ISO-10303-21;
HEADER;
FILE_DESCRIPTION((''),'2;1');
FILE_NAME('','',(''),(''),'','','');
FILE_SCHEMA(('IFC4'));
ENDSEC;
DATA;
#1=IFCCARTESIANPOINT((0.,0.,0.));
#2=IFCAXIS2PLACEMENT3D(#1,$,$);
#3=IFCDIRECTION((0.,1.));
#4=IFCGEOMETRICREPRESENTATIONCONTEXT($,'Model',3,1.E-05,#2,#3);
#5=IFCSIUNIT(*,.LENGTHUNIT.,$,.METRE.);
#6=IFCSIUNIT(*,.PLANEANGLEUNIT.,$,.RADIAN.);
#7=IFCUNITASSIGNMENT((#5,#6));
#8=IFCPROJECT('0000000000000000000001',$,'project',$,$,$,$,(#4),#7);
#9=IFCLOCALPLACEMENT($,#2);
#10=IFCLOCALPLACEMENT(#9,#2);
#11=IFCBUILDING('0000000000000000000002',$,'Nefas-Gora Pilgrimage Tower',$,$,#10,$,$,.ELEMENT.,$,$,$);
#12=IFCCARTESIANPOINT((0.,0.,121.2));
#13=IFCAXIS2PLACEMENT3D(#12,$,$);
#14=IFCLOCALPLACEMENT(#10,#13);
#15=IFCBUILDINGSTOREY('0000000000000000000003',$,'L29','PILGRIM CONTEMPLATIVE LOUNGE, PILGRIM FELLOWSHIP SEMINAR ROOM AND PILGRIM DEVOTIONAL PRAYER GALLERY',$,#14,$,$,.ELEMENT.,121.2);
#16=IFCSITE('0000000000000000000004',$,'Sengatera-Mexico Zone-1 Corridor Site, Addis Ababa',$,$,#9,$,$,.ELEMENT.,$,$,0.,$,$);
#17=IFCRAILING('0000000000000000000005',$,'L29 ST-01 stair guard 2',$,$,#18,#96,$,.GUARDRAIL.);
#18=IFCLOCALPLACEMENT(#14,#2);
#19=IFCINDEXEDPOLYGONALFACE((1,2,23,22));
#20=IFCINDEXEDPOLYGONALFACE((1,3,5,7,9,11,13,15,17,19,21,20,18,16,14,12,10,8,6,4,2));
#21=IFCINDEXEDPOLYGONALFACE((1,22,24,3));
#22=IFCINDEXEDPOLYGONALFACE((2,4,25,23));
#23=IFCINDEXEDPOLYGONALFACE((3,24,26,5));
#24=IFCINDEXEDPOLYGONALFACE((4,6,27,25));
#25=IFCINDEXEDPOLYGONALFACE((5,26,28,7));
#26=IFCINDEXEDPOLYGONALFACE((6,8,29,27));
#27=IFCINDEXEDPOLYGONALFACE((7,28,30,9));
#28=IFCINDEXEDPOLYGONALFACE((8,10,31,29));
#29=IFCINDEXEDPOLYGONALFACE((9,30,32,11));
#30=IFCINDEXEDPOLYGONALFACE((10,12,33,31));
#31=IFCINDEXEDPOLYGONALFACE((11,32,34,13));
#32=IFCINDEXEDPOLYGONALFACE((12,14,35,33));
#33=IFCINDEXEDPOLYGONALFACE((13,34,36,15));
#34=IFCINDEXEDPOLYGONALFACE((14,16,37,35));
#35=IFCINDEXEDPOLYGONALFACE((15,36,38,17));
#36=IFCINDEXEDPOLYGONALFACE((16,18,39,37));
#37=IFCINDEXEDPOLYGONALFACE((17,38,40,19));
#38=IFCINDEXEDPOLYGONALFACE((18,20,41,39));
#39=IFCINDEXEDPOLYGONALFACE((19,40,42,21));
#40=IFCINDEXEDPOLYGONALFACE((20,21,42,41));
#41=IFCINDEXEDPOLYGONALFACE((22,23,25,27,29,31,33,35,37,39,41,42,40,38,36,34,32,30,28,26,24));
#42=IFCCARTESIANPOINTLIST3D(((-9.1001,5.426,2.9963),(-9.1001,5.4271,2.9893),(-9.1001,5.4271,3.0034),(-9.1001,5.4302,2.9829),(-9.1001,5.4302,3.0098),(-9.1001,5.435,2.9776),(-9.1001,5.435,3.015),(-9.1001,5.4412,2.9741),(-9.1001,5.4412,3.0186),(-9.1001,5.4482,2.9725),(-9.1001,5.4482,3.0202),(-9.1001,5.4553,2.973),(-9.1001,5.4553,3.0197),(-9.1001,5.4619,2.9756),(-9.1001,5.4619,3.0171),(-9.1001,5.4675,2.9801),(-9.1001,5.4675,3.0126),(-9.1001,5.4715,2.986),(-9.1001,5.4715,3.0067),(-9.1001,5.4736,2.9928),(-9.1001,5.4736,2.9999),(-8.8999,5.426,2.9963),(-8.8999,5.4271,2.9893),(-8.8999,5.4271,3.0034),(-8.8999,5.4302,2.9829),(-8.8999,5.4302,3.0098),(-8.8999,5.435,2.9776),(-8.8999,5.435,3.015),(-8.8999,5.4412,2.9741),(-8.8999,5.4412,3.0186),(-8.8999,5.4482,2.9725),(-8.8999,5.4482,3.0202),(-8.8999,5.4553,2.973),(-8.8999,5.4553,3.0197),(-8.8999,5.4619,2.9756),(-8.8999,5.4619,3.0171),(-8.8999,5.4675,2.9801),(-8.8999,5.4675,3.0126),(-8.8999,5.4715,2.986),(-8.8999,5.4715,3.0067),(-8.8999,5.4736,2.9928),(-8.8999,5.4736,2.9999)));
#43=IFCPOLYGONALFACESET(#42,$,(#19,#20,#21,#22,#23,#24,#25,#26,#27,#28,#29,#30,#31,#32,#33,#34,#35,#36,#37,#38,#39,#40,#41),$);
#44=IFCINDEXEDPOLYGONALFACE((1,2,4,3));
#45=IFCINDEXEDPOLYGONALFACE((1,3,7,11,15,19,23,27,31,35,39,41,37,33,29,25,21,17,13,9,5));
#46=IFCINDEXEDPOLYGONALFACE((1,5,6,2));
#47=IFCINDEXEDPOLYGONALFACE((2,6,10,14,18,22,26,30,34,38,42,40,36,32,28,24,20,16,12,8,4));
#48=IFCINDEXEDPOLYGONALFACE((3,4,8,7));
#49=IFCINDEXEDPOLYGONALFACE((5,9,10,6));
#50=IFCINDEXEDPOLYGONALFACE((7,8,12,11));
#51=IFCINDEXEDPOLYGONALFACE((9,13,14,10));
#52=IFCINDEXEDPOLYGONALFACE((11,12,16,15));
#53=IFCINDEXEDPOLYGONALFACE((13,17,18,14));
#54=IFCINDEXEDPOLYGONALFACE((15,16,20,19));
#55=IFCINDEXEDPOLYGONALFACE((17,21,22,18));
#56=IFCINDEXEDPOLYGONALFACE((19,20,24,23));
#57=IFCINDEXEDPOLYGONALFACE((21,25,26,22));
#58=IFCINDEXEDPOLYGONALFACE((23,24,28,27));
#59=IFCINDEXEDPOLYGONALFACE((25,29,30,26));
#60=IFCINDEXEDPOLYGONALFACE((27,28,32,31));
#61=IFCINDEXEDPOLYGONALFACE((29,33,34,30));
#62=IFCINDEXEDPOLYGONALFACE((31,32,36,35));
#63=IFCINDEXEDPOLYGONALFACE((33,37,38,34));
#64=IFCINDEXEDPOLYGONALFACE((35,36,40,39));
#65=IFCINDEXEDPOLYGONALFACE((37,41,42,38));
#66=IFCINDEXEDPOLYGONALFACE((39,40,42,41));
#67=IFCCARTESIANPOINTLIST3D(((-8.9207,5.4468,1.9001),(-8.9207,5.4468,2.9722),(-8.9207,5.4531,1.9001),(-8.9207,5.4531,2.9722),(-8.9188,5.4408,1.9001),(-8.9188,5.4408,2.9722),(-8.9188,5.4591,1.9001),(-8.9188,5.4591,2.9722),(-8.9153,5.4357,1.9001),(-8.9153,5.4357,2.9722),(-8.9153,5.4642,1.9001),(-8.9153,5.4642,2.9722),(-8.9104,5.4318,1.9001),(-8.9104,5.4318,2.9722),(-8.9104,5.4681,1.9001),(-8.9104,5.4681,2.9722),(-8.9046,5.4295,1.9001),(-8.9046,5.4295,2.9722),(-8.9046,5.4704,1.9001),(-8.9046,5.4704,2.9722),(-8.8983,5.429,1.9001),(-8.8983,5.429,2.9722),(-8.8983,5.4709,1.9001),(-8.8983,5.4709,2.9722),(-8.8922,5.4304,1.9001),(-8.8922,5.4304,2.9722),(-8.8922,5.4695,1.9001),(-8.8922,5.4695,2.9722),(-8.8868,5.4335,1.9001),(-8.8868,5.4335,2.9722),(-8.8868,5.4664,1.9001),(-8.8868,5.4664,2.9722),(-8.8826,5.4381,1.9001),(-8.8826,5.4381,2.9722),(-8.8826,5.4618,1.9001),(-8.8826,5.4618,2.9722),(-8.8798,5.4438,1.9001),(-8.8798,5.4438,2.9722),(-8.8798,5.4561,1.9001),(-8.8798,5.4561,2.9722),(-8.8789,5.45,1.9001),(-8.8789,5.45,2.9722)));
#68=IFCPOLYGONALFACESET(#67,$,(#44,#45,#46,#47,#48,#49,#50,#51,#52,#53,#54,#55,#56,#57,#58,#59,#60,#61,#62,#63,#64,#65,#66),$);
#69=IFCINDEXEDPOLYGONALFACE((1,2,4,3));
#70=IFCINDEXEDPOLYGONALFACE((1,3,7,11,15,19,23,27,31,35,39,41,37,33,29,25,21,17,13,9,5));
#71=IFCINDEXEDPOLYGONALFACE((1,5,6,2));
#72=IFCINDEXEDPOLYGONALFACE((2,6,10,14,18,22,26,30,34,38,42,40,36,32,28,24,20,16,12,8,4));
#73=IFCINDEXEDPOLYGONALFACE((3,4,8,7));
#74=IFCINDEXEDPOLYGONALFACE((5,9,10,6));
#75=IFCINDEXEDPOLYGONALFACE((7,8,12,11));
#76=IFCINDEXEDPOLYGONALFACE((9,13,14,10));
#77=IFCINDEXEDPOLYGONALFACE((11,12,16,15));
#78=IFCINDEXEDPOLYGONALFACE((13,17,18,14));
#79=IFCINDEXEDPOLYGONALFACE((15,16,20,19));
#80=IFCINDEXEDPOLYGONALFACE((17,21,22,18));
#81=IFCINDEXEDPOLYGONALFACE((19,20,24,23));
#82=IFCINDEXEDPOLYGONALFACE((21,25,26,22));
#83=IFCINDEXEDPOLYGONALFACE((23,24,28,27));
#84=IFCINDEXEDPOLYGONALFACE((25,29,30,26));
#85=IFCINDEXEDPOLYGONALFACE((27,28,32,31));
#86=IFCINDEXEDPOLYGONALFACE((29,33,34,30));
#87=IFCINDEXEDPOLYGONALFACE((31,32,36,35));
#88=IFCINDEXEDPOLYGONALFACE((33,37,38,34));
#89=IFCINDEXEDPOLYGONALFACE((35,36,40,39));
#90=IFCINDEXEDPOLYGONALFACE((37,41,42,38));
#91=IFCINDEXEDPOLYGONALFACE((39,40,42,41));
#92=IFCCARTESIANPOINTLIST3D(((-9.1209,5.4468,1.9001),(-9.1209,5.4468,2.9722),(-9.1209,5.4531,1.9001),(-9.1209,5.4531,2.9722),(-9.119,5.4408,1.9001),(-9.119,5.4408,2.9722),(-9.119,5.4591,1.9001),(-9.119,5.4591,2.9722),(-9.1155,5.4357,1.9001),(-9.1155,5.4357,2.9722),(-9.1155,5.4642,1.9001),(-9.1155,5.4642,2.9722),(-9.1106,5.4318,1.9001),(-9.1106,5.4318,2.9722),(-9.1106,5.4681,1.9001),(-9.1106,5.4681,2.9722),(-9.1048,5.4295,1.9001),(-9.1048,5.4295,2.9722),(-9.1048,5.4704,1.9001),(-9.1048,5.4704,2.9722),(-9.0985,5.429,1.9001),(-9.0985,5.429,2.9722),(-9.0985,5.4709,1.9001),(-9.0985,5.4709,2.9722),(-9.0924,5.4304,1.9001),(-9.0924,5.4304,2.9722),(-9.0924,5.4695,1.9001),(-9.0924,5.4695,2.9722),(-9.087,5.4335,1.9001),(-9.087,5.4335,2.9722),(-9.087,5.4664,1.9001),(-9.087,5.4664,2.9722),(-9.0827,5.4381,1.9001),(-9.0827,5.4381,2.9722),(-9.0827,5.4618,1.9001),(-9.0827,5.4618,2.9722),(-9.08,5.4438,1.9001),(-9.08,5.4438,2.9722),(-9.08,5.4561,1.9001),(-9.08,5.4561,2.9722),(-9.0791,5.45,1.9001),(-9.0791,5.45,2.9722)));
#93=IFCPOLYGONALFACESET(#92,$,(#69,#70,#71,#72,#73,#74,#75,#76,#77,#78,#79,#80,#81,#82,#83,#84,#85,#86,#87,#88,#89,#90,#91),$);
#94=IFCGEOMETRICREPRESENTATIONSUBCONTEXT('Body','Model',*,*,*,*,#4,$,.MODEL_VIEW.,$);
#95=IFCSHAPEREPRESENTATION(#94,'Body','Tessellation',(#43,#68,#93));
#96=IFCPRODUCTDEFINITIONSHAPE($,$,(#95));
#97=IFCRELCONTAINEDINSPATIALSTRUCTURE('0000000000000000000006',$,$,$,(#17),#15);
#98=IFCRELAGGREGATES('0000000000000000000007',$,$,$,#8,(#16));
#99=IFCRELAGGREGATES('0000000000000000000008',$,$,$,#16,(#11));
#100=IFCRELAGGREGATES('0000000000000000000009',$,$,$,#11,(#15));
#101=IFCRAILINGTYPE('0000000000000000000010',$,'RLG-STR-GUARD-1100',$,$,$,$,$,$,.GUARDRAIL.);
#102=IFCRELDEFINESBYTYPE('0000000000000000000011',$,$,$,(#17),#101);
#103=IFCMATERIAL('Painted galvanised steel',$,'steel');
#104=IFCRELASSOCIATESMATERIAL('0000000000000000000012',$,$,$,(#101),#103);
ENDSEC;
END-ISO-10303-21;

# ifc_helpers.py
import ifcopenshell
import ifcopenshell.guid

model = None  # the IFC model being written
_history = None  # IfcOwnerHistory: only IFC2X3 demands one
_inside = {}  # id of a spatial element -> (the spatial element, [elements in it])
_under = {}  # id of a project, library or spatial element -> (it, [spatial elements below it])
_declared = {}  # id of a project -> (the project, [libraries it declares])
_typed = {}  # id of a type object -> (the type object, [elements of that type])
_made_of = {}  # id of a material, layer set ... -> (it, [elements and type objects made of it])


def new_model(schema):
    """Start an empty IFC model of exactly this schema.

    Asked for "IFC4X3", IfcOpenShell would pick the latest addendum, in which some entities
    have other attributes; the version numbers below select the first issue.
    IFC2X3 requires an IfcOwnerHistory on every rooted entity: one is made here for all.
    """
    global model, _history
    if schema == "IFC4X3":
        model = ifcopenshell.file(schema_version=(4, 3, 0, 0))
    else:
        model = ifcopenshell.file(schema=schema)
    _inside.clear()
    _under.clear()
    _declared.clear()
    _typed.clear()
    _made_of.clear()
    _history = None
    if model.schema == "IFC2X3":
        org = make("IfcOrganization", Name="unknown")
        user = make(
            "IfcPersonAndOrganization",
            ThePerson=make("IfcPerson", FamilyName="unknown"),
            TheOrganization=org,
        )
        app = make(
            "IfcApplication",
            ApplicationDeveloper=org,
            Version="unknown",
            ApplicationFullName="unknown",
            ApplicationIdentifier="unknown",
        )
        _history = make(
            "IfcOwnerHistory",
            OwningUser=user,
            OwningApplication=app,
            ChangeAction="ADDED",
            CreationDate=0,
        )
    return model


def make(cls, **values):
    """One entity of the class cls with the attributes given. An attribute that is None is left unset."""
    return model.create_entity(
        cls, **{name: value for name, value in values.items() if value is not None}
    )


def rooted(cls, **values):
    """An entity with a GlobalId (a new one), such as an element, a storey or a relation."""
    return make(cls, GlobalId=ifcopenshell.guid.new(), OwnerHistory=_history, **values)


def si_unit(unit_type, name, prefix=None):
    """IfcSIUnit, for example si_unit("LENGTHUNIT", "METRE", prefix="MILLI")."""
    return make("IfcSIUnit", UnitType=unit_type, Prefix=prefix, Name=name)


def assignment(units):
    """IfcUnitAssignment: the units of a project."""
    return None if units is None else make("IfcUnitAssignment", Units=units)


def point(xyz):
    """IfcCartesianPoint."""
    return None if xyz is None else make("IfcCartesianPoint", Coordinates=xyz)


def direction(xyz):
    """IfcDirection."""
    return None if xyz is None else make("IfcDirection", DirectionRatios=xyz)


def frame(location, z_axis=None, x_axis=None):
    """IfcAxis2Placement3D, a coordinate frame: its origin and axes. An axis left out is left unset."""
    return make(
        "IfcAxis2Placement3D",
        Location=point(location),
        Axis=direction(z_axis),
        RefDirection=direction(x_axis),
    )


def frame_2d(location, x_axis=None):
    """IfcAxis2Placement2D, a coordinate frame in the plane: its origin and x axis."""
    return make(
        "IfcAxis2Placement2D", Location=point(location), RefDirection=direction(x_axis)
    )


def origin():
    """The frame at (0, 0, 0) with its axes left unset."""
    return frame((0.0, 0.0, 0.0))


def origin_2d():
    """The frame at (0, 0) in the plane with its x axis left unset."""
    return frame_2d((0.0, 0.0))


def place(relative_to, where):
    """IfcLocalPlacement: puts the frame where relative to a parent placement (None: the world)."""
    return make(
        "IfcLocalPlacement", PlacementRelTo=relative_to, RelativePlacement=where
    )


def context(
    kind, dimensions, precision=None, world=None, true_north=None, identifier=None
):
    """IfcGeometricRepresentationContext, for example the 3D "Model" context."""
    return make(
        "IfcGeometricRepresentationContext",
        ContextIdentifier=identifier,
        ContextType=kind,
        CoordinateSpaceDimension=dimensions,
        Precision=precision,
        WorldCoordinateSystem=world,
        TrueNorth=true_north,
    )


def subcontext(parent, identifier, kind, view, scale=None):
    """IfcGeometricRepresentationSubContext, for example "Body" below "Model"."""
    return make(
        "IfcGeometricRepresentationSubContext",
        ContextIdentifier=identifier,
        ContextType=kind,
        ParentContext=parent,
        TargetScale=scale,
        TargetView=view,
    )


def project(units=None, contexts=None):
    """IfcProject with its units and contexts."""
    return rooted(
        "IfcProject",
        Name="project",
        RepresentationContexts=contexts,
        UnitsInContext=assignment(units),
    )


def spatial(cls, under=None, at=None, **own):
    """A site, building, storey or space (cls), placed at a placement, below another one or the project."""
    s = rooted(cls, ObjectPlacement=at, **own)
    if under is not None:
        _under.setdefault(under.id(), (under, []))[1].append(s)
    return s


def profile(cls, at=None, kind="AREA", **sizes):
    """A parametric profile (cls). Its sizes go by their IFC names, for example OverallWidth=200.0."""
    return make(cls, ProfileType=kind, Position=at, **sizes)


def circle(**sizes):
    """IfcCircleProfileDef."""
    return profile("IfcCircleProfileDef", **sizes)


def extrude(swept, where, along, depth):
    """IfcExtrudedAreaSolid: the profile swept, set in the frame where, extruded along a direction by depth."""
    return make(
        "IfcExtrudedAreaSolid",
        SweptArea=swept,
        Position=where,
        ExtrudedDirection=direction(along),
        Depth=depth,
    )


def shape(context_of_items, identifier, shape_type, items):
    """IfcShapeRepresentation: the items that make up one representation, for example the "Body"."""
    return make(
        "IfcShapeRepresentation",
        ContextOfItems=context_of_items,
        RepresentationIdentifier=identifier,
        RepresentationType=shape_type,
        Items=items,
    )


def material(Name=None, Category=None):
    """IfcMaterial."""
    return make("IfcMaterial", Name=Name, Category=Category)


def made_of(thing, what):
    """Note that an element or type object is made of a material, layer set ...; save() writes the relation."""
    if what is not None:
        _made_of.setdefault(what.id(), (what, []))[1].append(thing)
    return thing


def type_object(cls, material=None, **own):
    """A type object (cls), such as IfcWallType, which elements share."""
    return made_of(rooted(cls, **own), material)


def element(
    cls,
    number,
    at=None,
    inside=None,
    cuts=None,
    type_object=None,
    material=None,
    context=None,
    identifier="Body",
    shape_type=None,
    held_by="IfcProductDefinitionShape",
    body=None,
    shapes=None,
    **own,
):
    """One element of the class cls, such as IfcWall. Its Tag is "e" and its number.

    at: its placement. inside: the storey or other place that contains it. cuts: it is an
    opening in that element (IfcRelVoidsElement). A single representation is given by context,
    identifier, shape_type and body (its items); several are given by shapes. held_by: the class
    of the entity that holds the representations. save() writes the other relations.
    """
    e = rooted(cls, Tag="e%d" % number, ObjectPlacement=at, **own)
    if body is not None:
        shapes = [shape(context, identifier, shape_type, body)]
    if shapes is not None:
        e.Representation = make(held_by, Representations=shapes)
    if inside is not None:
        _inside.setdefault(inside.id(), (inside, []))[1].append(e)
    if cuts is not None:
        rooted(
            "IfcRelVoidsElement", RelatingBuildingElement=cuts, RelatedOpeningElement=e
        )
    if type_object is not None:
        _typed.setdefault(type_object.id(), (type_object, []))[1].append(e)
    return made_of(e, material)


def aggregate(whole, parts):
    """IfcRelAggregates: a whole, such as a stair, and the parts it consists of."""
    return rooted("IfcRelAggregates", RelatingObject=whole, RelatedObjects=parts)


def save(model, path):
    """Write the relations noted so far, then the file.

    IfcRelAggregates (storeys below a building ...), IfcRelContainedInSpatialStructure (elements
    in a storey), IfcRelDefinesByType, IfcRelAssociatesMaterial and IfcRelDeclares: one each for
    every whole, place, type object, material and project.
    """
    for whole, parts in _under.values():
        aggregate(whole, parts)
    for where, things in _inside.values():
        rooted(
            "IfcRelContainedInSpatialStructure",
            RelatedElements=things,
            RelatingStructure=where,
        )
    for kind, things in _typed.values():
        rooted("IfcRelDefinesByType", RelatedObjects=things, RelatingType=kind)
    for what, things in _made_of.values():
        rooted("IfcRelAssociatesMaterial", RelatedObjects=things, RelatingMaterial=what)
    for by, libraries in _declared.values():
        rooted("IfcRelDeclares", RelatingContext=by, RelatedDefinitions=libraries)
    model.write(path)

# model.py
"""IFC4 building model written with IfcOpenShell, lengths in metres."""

from ifc_helpers import new_model, si_unit, direction, frame, origin, origin_2d, place, context, subcontext, project, spatial, circle, extrude, material, type_object, element, save


model = new_model("IFC4")

# Units and contexts
model_context = context("Model", 3, precision=1e-05, world=origin(), true_north=direction((0.0, 1.0)))
body_context = subcontext(model_context, "Body", "Model", "MODEL_VIEW")
ifc_project = project(units=[si_unit("LENGTHUNIT", "METRE"), si_unit("PLANEANGLEUNIT", "RADIAN")], contexts=[model_context])

# Site, building, storey
site_placement = place(None, origin())
site = spatial("IfcSite", under=ifc_project, at=site_placement, Name="Sengatera-Mexico Zone-1 Corridor Site, Addis Ababa", CompositionType="ELEMENT", RefElevation=0.0)
building_placement = place(site_placement, origin())
building = spatial("IfcBuilding", under=site, at=building_placement, Name="Nefas-Gora Pilgrimage Tower", CompositionType="ELEMENT")
storey_placement = place(building_placement, frame((0.0, 0.0, 121.2)))
storey = spatial("IfcBuildingStorey", under=building, at=storey_placement, Name="L29", Description="PILGRIM CONTEMPLATIVE LOUNGE, PILGRIM FELLOWSHIP SEMINAR ROOM AND PILGRIM DEVOTIONAL PRAYER GALLERY", CompositionType="ELEMENT", Elevation=121.2)

# Railing
ifc_material_1 = material(Name="Painted galvanised steel", Category="steel")
railing_type_1 = type_object("IfcRailingType", Name="RLG-STR-GUARD-1100", PredefinedType="GUARDRAIL", material=ifc_material_1)
railing_1_placement = place(storey_placement, frame((-8.8999, 5.45, 1.9001)))
element("IfcRailing", 1, at=railing_1_placement, inside=storey, type_object=railing_type_1, Name="L29 ST-01 stair guard 2", PredefinedType="GUARDRAIL", context=body_context, shape_type="SweptSolid", body=[
    extrude(circle(Radius=0.0239, at=origin_2d()), frame((0.0, 0.0, 1.0962), z_axis=(-1.0, 0.0, 0.0), x_axis=(0.0, -1.0, 0.0)), (0.0, 0.0, 1.0), 0.2002),
    extrude(circle(Radius=0.021, at=origin_2d()), origin(), (0.0, 0.0, 1.0), 1.072),
    extrude(circle(Radius=0.021, at=origin_2d()), frame((-0.2002, 0.0, 0.0)), (0.0, 0.0, 1.0), 1.072),
])

save(model, "model.ifc")
